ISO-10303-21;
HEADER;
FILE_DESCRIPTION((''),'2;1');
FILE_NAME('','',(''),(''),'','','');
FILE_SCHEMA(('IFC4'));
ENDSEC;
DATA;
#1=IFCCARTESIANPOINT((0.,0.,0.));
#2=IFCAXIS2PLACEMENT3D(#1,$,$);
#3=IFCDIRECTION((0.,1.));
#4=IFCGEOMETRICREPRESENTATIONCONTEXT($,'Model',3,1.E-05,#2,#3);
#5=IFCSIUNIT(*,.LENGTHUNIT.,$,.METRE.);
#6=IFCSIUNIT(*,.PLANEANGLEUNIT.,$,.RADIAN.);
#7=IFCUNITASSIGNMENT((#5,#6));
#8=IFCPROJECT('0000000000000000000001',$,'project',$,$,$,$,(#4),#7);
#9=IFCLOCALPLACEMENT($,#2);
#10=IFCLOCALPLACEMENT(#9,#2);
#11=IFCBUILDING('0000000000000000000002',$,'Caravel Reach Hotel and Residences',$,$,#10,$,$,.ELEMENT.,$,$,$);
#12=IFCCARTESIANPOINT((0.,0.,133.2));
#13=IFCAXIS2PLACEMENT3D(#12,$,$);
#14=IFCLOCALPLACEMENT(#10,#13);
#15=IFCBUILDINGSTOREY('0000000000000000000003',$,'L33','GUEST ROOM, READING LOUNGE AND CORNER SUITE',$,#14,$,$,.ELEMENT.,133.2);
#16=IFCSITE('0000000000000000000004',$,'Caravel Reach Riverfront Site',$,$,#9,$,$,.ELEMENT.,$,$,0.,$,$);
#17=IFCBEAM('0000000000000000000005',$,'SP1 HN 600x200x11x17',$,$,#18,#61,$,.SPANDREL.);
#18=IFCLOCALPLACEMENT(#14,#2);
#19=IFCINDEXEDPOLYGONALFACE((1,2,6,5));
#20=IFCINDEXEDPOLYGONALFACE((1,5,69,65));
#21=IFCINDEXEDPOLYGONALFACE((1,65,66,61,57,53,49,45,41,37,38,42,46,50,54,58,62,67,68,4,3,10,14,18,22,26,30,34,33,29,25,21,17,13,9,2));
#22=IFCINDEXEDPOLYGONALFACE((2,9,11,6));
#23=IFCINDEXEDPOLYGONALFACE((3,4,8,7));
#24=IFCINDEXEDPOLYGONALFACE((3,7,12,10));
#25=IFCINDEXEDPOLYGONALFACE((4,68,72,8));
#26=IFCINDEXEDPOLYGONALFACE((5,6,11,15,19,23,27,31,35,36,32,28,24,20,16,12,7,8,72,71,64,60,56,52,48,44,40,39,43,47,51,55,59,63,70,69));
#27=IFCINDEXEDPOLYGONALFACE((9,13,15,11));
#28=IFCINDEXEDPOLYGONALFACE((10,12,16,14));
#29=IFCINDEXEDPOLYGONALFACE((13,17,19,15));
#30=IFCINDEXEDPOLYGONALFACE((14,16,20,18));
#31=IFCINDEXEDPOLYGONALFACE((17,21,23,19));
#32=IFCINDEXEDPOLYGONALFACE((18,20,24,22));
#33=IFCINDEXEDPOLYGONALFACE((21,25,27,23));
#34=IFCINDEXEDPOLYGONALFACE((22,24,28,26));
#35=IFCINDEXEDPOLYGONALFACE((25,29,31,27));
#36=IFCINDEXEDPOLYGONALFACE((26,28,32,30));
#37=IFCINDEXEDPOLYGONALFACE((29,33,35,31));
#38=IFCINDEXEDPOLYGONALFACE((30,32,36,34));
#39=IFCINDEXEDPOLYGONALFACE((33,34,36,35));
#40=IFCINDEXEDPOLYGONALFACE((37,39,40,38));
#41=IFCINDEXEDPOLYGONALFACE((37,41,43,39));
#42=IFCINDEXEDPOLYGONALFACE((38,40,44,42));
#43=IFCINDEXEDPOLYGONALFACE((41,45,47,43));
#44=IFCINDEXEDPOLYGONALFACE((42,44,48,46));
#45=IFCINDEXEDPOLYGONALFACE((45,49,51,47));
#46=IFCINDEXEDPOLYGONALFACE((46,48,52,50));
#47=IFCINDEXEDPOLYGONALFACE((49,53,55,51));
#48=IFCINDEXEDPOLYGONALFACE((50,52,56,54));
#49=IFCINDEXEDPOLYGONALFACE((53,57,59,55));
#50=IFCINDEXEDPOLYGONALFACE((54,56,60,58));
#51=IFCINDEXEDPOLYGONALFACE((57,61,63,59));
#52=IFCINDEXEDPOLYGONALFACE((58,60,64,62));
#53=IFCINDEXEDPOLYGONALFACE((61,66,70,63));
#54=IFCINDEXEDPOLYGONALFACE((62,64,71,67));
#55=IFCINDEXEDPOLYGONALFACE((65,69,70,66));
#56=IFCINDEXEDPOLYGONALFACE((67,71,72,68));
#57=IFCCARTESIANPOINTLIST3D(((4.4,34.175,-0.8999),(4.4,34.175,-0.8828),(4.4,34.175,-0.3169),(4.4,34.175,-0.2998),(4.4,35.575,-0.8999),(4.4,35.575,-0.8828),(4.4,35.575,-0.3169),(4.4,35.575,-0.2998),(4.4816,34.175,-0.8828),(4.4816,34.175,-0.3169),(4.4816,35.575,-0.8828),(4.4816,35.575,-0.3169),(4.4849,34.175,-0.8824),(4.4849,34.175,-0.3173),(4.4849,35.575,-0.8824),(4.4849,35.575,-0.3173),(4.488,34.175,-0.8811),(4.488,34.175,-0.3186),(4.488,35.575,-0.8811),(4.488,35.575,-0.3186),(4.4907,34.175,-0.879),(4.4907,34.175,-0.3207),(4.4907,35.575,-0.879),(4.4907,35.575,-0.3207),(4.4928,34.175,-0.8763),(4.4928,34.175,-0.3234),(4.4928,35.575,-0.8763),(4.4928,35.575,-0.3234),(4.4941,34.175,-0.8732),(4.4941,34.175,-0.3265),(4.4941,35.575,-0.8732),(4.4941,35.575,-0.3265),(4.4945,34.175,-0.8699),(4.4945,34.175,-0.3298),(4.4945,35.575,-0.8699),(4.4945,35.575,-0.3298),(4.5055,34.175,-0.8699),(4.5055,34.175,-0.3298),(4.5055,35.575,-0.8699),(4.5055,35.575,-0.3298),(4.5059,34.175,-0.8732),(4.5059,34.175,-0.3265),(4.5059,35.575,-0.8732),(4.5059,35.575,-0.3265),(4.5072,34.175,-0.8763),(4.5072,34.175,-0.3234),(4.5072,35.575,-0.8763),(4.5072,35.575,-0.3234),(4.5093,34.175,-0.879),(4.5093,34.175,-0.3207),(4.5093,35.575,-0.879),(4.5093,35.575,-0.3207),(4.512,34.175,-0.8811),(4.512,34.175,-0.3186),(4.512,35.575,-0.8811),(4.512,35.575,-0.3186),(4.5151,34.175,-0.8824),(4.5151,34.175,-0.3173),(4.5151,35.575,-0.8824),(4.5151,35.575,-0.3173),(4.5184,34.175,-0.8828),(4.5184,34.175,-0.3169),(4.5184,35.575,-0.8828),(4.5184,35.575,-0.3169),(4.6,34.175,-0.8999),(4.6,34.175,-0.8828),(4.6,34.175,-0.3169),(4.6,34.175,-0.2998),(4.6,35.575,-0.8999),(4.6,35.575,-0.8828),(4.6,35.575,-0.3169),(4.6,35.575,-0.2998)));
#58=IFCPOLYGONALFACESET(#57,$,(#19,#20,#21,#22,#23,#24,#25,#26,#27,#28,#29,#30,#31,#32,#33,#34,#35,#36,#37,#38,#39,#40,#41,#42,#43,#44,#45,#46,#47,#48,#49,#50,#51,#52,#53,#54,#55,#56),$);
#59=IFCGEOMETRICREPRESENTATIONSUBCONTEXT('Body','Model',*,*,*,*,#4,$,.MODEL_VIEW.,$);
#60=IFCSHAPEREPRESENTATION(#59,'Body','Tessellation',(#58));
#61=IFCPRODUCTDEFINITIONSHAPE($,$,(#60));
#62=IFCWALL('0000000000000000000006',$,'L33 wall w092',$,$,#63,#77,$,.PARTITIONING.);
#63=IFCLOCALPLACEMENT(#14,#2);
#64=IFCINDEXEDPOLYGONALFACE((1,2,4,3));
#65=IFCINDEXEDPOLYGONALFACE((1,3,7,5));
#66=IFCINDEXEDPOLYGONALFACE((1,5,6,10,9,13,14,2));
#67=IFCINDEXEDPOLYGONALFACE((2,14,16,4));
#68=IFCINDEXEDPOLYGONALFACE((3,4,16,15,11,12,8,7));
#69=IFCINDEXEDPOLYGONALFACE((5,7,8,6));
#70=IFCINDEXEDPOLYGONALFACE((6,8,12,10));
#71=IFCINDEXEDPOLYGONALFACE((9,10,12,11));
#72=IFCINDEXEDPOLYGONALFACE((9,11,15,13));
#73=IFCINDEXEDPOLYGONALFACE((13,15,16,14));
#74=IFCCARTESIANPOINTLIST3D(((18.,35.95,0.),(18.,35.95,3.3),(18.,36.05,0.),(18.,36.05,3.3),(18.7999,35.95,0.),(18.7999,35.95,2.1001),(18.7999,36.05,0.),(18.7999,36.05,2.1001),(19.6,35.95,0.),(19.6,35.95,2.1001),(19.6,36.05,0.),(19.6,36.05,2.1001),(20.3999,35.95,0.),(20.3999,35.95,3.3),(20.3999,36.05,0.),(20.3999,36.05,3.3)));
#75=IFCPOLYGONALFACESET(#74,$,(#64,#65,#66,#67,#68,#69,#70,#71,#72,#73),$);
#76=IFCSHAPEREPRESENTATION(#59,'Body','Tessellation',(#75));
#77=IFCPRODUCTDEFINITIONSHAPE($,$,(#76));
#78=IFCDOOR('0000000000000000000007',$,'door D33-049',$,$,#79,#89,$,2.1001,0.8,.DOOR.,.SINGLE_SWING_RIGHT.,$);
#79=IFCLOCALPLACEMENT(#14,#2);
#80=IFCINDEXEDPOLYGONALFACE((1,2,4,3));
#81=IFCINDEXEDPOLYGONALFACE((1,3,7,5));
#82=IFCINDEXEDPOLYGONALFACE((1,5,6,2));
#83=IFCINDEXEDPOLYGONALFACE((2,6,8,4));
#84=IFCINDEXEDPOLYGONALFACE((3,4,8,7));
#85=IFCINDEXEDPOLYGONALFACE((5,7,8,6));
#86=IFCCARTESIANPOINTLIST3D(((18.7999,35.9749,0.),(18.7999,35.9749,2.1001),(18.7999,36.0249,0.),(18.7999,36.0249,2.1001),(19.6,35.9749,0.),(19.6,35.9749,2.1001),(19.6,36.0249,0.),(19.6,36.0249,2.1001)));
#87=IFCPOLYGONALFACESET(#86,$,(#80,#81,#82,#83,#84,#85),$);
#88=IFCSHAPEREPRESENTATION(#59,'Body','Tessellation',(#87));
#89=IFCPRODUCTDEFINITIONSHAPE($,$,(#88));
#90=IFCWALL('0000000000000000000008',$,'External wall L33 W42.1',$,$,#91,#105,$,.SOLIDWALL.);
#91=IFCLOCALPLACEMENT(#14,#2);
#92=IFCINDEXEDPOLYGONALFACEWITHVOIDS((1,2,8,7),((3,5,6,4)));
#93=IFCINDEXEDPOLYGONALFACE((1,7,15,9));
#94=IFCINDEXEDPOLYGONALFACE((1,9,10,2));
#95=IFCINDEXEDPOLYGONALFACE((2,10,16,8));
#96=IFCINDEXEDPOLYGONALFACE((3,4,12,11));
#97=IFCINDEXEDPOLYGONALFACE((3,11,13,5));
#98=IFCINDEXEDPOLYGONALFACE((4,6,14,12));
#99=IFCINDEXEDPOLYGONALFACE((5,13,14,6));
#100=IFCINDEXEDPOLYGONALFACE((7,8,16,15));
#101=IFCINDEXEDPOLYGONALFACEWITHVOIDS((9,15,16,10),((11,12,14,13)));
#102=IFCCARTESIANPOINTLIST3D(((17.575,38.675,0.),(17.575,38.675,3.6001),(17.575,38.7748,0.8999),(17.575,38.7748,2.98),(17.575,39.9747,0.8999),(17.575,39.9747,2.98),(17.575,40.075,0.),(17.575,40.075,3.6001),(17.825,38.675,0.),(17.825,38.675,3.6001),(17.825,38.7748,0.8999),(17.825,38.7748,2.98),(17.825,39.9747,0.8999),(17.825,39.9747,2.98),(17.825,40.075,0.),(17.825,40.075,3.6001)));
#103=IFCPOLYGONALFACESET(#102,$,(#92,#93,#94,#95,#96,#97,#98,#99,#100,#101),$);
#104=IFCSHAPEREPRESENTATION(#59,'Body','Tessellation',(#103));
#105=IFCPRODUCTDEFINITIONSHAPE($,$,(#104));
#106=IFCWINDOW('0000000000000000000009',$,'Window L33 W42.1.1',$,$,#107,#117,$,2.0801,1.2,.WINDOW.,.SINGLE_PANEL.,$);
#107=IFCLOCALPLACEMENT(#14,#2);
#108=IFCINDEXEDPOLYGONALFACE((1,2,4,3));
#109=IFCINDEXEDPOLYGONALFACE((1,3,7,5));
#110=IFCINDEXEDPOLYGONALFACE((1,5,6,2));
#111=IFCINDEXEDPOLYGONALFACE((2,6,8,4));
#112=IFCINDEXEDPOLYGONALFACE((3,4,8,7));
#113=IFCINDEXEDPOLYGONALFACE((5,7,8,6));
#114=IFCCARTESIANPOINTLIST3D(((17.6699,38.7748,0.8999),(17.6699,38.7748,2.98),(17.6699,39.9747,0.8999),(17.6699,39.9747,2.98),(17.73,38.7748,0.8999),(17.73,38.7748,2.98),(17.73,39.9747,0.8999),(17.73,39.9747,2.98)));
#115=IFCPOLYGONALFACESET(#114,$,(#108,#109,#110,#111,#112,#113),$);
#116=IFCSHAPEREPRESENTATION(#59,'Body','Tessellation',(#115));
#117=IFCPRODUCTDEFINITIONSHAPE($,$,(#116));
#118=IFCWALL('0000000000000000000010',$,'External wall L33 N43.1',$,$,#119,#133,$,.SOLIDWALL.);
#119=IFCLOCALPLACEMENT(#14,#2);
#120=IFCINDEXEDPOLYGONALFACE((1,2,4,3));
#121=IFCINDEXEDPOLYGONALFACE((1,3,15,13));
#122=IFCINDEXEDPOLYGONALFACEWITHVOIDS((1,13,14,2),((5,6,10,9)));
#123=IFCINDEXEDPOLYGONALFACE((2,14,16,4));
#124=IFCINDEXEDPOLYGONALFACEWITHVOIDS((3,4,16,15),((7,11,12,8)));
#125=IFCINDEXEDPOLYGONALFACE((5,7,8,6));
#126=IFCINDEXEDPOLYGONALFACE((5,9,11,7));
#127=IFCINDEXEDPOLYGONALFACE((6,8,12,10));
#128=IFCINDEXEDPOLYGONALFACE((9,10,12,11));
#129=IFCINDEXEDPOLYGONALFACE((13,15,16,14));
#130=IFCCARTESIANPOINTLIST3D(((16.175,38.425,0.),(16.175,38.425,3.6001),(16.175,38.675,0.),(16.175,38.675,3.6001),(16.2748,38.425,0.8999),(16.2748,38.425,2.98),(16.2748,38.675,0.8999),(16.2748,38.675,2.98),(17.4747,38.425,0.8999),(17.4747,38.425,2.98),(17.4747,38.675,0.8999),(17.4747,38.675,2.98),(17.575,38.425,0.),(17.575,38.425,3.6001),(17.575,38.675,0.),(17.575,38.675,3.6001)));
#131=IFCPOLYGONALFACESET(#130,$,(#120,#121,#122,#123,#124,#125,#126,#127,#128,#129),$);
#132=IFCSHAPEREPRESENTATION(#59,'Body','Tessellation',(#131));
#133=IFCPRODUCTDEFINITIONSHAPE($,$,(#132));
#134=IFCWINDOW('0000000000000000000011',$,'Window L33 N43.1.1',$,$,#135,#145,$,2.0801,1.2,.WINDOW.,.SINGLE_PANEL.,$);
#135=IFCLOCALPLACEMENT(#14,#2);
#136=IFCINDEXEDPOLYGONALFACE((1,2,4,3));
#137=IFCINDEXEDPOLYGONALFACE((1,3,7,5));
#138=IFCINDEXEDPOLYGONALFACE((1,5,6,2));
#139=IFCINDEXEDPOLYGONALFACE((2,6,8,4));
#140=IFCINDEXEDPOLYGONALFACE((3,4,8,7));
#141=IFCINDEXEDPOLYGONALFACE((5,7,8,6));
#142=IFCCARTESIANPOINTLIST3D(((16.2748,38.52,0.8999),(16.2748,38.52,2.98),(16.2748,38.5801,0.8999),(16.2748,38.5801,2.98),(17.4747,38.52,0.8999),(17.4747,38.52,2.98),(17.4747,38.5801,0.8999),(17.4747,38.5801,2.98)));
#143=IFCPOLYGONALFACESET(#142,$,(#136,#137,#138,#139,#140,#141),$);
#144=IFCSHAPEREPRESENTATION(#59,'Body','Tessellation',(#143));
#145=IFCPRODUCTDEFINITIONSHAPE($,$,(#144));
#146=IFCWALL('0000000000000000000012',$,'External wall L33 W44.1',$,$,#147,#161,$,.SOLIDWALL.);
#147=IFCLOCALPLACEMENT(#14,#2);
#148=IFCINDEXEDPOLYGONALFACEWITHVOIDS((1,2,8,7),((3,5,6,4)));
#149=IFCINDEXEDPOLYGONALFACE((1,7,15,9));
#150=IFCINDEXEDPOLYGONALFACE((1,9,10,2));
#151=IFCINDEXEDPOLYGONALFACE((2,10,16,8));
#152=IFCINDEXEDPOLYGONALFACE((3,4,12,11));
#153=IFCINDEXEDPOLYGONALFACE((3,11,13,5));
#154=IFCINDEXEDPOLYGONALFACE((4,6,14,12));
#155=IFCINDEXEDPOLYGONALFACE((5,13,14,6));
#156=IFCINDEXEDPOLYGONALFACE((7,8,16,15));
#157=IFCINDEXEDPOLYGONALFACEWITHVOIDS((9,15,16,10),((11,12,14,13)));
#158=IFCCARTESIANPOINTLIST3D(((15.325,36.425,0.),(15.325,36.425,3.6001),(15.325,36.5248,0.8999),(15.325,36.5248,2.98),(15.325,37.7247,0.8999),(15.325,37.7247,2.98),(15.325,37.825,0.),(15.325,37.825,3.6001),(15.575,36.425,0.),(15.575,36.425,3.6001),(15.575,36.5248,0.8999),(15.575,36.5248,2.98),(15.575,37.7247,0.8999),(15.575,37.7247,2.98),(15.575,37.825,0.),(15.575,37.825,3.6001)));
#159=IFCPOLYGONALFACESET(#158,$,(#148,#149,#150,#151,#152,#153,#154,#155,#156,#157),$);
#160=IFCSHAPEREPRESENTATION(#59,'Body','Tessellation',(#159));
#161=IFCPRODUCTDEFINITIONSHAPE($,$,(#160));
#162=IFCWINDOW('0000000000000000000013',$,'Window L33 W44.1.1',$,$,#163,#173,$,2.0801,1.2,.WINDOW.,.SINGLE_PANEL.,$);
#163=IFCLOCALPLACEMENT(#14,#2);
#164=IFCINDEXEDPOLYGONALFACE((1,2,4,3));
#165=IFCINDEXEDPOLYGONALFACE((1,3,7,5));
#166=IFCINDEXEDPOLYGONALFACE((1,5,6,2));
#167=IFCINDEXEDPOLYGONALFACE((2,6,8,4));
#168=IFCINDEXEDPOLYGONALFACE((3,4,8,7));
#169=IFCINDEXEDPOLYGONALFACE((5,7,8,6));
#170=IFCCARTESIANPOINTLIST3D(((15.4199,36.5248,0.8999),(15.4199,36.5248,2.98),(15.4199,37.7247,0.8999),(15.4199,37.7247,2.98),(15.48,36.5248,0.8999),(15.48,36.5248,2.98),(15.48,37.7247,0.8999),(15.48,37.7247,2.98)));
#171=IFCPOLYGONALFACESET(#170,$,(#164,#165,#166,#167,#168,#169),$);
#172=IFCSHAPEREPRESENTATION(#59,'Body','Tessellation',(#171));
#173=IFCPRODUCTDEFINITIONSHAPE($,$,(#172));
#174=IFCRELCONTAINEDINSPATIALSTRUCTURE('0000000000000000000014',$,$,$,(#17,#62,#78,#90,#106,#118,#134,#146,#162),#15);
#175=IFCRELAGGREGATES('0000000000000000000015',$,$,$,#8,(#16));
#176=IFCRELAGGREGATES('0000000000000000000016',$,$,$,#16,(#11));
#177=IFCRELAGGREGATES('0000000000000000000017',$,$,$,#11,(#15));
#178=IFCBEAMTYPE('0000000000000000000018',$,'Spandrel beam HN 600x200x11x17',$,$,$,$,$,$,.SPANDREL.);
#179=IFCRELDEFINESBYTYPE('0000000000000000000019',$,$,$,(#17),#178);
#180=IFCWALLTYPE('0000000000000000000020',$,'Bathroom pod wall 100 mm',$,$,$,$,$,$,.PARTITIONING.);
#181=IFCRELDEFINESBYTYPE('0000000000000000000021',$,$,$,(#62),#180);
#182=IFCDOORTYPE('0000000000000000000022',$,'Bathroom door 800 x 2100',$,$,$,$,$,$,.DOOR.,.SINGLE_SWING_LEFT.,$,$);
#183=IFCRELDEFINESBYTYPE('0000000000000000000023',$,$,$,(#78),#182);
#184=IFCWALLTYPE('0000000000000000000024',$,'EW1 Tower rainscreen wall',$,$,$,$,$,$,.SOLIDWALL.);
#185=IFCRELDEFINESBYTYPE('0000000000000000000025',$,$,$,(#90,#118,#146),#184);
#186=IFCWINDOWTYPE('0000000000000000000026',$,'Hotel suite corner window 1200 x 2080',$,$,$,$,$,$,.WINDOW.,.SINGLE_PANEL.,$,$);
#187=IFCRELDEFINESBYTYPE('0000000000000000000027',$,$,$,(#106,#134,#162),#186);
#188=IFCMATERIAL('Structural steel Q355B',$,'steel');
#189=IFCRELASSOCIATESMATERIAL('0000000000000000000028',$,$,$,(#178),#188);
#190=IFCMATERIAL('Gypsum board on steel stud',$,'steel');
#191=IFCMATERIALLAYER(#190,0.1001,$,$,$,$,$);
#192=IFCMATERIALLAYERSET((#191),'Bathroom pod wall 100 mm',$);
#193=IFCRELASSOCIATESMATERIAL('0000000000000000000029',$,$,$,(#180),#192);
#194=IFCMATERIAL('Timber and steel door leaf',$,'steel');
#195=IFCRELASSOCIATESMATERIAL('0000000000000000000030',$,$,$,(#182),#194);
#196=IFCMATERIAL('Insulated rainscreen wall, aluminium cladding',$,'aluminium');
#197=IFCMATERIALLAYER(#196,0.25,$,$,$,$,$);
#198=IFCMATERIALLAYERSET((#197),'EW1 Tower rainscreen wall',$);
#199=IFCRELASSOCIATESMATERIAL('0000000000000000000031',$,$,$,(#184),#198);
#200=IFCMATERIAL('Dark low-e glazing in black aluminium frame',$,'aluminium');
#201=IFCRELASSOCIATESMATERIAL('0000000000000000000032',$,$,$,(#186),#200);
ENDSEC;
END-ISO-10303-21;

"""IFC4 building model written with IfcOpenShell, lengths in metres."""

from ifc_helpers import new_model, si_unit, direction, frame, frame_2d, origin, origin_2d, place, context, subcontext, project, spatial, rectangle, i_section, extrude, material, layer, layer_set, material_profile, profile_set, type_object, element, fill, save


model = new_model("IFC4")

# Units and contexts
model_context = context("Model", 3, precision=1e-05, world=origin(), true_north=direction((0.0, 1.0)))
body_context = subcontext(model_context, "Body", "Model", "MODEL_VIEW")
ifc_project = project(units=[si_unit("LENGTHUNIT", "METRE"), si_unit("PLANEANGLEUNIT", "RADIAN")], contexts=[model_context])

# Site, building, storey
site_placement = place(None, origin())
site = spatial("IfcSite", under=ifc_project, at=site_placement, Name="Caravel Reach Riverfront Site", CompositionType="ELEMENT", RefElevation=0.0)
building_placement = place(site_placement, origin())
building = spatial("IfcBuilding", under=site, at=building_placement, Name="Caravel Reach Hotel and Residences", CompositionType="ELEMENT")
storey_placement = place(building_placement, frame((0.0, 0.0, 133.2)))
storey = spatial("IfcBuildingStorey", under=building, at=storey_placement, Name="L33", Description="GUEST ROOM, READING LOUNGE AND CORNER SUITE", CompositionType="ELEMENT", Elevation=133.2)

# Beam
ifc_material_1 = material(Name="Structural steel Q355B", Category="steel")
ifc_material_profile_1 = material_profile(ifc_material_1, i_section(OverallWidth=0.2, OverallDepth=0.6001, WebThickness=0.011, FlangeThickness=0.0171, FilletRadius=0.0129, at=origin_2d()), Name="HN 600x200x11x17")
ifc_profile_set_1 = profile_set([ifc_material_profile_1], Name="Structural steel Q355B")
beam_type = type_object("IfcBeamType", Name="Spandrel beam HN 600x200x11x17", PredefinedType="SPANDREL", material=ifc_profile_set_1)
beam_1_placement = place(storey_placement, frame((4.5, 35.575, -0.5999), z_axis=(0.0, -1.0, 0.0), x_axis=(1.0, 0.0, 0.0)))
element("IfcBeam", 1, at=beam_1_placement, inside=storey, type_object=beam_type, Name="SP1 HN 600x200x11x17", PredefinedType="SPANDREL", context=body_context, shape_type="SweptSolid", body=[
    extrude(i_section(OverallWidth=0.2, OverallDepth=0.6001, WebThickness=0.011, FlangeThickness=0.0171, FilletRadius=0.0129, at=origin_2d()), origin(), (0.0, 0.0, 1.0), 1.3999),
])

# Wall, opening, door
ifc_material_2 = material(Name="Gypsum board on steel stud", Category="steel")
ifc_layer_1 = layer(ifc_material_2, 0.1001)
ifc_layer_set_1 = layer_set([ifc_layer_1], Name="Bathroom pod wall 100 mm")
wall_type_1 = type_object("IfcWallType", Name="Bathroom pod wall 100 mm", PredefinedType="PARTITIONING", material=ifc_layer_set_1)
wall_1_placement = place(storey_placement, frame((18.0, 36.0, 0.0), z_axis=(0.0, 0.0, 1.0), x_axis=(1.0, 0.0, 0.0)))
wall_1 = element("IfcWall", 2, at=wall_1_placement, inside=storey, type_object=wall_type_1, Name="L33 wall w092", PredefinedType="PARTITIONING", context=body_context, shape_type="SweptSolid", body=[
    extrude(rectangle(XDim=2.3999, YDim=0.1001, at=frame_2d((1.2, 0.0))), origin(), (0.0, 0.0, 1.0), 3.3),
])
opening_1_placement = place(wall_1_placement, frame((0.8, 0.0, 0.0)))
opening_1 = element("IfcOpeningElement", 3, at=opening_1_placement, cuts=wall_1, PredefinedType="OPENING", context=body_context, shape_type="SweptSolid", body=[
    extrude(rectangle(XDim=0.8, YDim=2.1001, at=frame_2d((0.3999, 1.05))), frame((0.0, 0.0601, 0.0), z_axis=(0.0, -1.0, 0.0), x_axis=(1.0, 0.0, 0.0)), (0.0, 0.0, 1.0), 0.1201),
])
ifc_material_3 = material(Name="Timber and steel door leaf", Category="steel")
door_type = type_object("IfcDoorType", Name="Bathroom door 800 x 2100", OperationType="SINGLE_SWING_LEFT", PredefinedType="DOOR", material=ifc_material_3)
door_placement = place(opening_1_placement, origin())
door = element("IfcDoor", 4, at=door_placement, inside=storey, type_object=door_type, Name="door D33-049", OperationType="SINGLE_SWING_RIGHT", OverallHeight=2.1001, OverallWidth=0.8, PredefinedType="DOOR", context=body_context, shape_type="SweptSolid", body=[
    extrude(rectangle(XDim=0.8, YDim=2.1001, at=frame_2d((0.3999, 1.05))), frame((0.0, 0.0249, 0.0), z_axis=(0.0, -1.0, 0.0), x_axis=(1.0, 0.0, 0.0)), (0.0, 0.0, 1.0), 0.05),
])
fill(opening_1, door)

# Walls, openings, windows
ifc_material_4 = material(Name="Insulated rainscreen wall, aluminium cladding", Category="aluminium")
ifc_layer_2 = layer(ifc_material_4, 0.25)
ifc_layer_set_2 = layer_set([ifc_layer_2], Name="EW1 Tower rainscreen wall")
wall_type_2 = type_object("IfcWallType", Name="EW1 Tower rainscreen wall", PredefinedType="SOLIDWALL", material=ifc_layer_set_2)
wall_2_placement = place(storey_placement, frame((17.7, 40.075, 0.0), z_axis=(0.0, 0.0, 1.0), x_axis=(0.0, -1.0, 0.0)))
wall_2 = element("IfcWall", 5, at=wall_2_placement, inside=storey, type_object=wall_type_2, Name="External wall L33 W42.1", PredefinedType="SOLIDWALL", context=body_context, shape_type="SweptSolid", body=[
    extrude(rectangle(XDim=1.3999, YDim=0.25, at=frame_2d((0.7, 0.0))), origin(), (0.0, 0.0, 1.0), 3.6001),
])
opening_2_placement = place(wall_2_placement, frame((0.1001, 0.0, 0.8999)))
opening_2 = element("IfcOpeningElement", 6, at=opening_2_placement, cuts=wall_2, PredefinedType="OPENING", context=body_context, shape_type="SweptSolid", body=[
    extrude(rectangle(XDim=1.2, YDim=2.0801, at=frame_2d((0.6001, 1.04))), frame((0.0, 0.135, 0.0), z_axis=(0.0, -1.0, 0.0), x_axis=(1.0, 0.0, 0.0)), (0.0, 0.0, 1.0), 0.27),
])
ifc_material_5 = material(Name="Dark low-e glazing in black aluminium frame", Category="aluminium")
window_type_1 = type_object("IfcWindowType", Name="Hotel suite corner window 1200 x 2080", PartitioningType="SINGLE_PANEL", PredefinedType="WINDOW", material=ifc_material_5)
window_1_placement = place(opening_2_placement, origin())
window_1 = element("IfcWindow", 7, at=window_1_placement, inside=storey, type_object=window_type_1, Name="Window L33 W42.1.1", OverallHeight=2.0801, OverallWidth=1.2, PartitioningType="SINGLE_PANEL", PredefinedType="WINDOW", context=body_context, shape_type="SweptSolid", body=[
    extrude(rectangle(XDim=1.2, YDim=2.0801, at=frame_2d((0.6001, 1.04))), frame((0.0, 0.03, 0.0), z_axis=(0.0, -1.0, 0.0), x_axis=(1.0, 0.0, 0.0)), (0.0, 0.0, 1.0), 0.0601),
])
fill(opening_2, window_1)
wall_3_placement = place(storey_placement, frame((17.575, 38.55, 0.0), z_axis=(0.0, 0.0, 1.0), x_axis=(-1.0, 0.0, 0.0)))
wall_3 = element("IfcWall", 8, at=wall_3_placement, inside=storey, type_object=wall_type_2, Name="External wall L33 N43.1", PredefinedType="SOLIDWALL", context=body_context, shape_type="SweptSolid", body=[
    extrude(rectangle(XDim=1.3999, YDim=0.25, at=frame_2d((0.7, 0.0))), origin(), (0.0, 0.0, 1.0), 3.6001),
])
opening_3_placement = place(wall_3_placement, frame((0.1001, 0.0, 0.8999)))
opening_3 = element("IfcOpeningElement", 9, at=opening_3_placement, cuts=wall_3, PredefinedType="OPENING", context=body_context, shape_type="SweptSolid", body=[
    extrude(rectangle(XDim=1.2, YDim=2.0801, at=frame_2d((0.6001, 1.04))), frame((0.0, 0.135, 0.0), z_axis=(0.0, -1.0, 0.0), x_axis=(1.0, 0.0, 0.0)), (0.0, 0.0, 1.0), 0.27),
])
window_2_placement = place(opening_3_placement, origin())
window_2 = element("IfcWindow", 10, at=window_2_placement, inside=storey, type_object=window_type_1, Name="Window L33 N43.1.1", OverallHeight=2.0801, OverallWidth=1.2, PartitioningType="SINGLE_PANEL", PredefinedType="WINDOW", context=body_context, shape_type="SweptSolid", body=[
    extrude(rectangle(XDim=1.2, YDim=2.0801, at=frame_2d((0.6001, 1.04))), frame((0.0, 0.03, 0.0), z_axis=(0.0, -1.0, 0.0), x_axis=(1.0, 0.0, 0.0)), (0.0, 0.0, 1.0), 0.0601),
])
fill(opening_3, window_2)
wall_4_placement = place(storey_placement, frame((15.45, 37.825, 0.0), z_axis=(0.0, 0.0, 1.0), x_axis=(0.0, -1.0, 0.0)))
wall_4 = element("IfcWall", 11, at=wall_4_placement, inside=storey, type_object=wall_type_2, Name="External wall L33 W44.1", PredefinedType="SOLIDWALL", context=body_context, shape_type="SweptSolid", body=[
    extrude(rectangle(XDim=1.3999, YDim=0.25, at=frame_2d((0.7, 0.0))), origin(), (0.0, 0.0, 1.0), 3.6001),
])
opening_4_placement = place(wall_4_placement, frame((0.1001, 0.0, 0.8999)))
opening_4 = element("IfcOpeningElement", 12, at=opening_4_placement, cuts=wall_4, PredefinedType="OPENING", context=body_context, shape_type="SweptSolid", body=[
    extrude(rectangle(XDim=1.2, YDim=2.0801, at=frame_2d((0.6001, 1.04))), frame((0.0, 0.135, 0.0), z_axis=(0.0, -1.0, 0.0), x_axis=(1.0, 0.0, 0.0)), (0.0, 0.0, 1.0), 0.27),
])
window_3_placement = place(opening_4_placement, origin())
window_3 = element("IfcWindow", 13, at=window_3_placement, inside=storey, type_object=window_type_1, Name="Window L33 W44.1.1", OverallHeight=2.0801, OverallWidth=1.2, PartitioningType="SINGLE_PANEL", PredefinedType="WINDOW", context=body_context, shape_type="SweptSolid", body=[
    extrude(rectangle(XDim=1.2, YDim=2.0801, at=frame_2d((0.6001, 1.04))), frame((0.0, 0.03, 0.0), z_axis=(0.0, -1.0, 0.0), x_axis=(1.0, 0.0, 0.0)), (0.0, 0.0, 1.0), 0.0601),
])
fill(opening_4, window_3)

save(model, "model.ifc")
